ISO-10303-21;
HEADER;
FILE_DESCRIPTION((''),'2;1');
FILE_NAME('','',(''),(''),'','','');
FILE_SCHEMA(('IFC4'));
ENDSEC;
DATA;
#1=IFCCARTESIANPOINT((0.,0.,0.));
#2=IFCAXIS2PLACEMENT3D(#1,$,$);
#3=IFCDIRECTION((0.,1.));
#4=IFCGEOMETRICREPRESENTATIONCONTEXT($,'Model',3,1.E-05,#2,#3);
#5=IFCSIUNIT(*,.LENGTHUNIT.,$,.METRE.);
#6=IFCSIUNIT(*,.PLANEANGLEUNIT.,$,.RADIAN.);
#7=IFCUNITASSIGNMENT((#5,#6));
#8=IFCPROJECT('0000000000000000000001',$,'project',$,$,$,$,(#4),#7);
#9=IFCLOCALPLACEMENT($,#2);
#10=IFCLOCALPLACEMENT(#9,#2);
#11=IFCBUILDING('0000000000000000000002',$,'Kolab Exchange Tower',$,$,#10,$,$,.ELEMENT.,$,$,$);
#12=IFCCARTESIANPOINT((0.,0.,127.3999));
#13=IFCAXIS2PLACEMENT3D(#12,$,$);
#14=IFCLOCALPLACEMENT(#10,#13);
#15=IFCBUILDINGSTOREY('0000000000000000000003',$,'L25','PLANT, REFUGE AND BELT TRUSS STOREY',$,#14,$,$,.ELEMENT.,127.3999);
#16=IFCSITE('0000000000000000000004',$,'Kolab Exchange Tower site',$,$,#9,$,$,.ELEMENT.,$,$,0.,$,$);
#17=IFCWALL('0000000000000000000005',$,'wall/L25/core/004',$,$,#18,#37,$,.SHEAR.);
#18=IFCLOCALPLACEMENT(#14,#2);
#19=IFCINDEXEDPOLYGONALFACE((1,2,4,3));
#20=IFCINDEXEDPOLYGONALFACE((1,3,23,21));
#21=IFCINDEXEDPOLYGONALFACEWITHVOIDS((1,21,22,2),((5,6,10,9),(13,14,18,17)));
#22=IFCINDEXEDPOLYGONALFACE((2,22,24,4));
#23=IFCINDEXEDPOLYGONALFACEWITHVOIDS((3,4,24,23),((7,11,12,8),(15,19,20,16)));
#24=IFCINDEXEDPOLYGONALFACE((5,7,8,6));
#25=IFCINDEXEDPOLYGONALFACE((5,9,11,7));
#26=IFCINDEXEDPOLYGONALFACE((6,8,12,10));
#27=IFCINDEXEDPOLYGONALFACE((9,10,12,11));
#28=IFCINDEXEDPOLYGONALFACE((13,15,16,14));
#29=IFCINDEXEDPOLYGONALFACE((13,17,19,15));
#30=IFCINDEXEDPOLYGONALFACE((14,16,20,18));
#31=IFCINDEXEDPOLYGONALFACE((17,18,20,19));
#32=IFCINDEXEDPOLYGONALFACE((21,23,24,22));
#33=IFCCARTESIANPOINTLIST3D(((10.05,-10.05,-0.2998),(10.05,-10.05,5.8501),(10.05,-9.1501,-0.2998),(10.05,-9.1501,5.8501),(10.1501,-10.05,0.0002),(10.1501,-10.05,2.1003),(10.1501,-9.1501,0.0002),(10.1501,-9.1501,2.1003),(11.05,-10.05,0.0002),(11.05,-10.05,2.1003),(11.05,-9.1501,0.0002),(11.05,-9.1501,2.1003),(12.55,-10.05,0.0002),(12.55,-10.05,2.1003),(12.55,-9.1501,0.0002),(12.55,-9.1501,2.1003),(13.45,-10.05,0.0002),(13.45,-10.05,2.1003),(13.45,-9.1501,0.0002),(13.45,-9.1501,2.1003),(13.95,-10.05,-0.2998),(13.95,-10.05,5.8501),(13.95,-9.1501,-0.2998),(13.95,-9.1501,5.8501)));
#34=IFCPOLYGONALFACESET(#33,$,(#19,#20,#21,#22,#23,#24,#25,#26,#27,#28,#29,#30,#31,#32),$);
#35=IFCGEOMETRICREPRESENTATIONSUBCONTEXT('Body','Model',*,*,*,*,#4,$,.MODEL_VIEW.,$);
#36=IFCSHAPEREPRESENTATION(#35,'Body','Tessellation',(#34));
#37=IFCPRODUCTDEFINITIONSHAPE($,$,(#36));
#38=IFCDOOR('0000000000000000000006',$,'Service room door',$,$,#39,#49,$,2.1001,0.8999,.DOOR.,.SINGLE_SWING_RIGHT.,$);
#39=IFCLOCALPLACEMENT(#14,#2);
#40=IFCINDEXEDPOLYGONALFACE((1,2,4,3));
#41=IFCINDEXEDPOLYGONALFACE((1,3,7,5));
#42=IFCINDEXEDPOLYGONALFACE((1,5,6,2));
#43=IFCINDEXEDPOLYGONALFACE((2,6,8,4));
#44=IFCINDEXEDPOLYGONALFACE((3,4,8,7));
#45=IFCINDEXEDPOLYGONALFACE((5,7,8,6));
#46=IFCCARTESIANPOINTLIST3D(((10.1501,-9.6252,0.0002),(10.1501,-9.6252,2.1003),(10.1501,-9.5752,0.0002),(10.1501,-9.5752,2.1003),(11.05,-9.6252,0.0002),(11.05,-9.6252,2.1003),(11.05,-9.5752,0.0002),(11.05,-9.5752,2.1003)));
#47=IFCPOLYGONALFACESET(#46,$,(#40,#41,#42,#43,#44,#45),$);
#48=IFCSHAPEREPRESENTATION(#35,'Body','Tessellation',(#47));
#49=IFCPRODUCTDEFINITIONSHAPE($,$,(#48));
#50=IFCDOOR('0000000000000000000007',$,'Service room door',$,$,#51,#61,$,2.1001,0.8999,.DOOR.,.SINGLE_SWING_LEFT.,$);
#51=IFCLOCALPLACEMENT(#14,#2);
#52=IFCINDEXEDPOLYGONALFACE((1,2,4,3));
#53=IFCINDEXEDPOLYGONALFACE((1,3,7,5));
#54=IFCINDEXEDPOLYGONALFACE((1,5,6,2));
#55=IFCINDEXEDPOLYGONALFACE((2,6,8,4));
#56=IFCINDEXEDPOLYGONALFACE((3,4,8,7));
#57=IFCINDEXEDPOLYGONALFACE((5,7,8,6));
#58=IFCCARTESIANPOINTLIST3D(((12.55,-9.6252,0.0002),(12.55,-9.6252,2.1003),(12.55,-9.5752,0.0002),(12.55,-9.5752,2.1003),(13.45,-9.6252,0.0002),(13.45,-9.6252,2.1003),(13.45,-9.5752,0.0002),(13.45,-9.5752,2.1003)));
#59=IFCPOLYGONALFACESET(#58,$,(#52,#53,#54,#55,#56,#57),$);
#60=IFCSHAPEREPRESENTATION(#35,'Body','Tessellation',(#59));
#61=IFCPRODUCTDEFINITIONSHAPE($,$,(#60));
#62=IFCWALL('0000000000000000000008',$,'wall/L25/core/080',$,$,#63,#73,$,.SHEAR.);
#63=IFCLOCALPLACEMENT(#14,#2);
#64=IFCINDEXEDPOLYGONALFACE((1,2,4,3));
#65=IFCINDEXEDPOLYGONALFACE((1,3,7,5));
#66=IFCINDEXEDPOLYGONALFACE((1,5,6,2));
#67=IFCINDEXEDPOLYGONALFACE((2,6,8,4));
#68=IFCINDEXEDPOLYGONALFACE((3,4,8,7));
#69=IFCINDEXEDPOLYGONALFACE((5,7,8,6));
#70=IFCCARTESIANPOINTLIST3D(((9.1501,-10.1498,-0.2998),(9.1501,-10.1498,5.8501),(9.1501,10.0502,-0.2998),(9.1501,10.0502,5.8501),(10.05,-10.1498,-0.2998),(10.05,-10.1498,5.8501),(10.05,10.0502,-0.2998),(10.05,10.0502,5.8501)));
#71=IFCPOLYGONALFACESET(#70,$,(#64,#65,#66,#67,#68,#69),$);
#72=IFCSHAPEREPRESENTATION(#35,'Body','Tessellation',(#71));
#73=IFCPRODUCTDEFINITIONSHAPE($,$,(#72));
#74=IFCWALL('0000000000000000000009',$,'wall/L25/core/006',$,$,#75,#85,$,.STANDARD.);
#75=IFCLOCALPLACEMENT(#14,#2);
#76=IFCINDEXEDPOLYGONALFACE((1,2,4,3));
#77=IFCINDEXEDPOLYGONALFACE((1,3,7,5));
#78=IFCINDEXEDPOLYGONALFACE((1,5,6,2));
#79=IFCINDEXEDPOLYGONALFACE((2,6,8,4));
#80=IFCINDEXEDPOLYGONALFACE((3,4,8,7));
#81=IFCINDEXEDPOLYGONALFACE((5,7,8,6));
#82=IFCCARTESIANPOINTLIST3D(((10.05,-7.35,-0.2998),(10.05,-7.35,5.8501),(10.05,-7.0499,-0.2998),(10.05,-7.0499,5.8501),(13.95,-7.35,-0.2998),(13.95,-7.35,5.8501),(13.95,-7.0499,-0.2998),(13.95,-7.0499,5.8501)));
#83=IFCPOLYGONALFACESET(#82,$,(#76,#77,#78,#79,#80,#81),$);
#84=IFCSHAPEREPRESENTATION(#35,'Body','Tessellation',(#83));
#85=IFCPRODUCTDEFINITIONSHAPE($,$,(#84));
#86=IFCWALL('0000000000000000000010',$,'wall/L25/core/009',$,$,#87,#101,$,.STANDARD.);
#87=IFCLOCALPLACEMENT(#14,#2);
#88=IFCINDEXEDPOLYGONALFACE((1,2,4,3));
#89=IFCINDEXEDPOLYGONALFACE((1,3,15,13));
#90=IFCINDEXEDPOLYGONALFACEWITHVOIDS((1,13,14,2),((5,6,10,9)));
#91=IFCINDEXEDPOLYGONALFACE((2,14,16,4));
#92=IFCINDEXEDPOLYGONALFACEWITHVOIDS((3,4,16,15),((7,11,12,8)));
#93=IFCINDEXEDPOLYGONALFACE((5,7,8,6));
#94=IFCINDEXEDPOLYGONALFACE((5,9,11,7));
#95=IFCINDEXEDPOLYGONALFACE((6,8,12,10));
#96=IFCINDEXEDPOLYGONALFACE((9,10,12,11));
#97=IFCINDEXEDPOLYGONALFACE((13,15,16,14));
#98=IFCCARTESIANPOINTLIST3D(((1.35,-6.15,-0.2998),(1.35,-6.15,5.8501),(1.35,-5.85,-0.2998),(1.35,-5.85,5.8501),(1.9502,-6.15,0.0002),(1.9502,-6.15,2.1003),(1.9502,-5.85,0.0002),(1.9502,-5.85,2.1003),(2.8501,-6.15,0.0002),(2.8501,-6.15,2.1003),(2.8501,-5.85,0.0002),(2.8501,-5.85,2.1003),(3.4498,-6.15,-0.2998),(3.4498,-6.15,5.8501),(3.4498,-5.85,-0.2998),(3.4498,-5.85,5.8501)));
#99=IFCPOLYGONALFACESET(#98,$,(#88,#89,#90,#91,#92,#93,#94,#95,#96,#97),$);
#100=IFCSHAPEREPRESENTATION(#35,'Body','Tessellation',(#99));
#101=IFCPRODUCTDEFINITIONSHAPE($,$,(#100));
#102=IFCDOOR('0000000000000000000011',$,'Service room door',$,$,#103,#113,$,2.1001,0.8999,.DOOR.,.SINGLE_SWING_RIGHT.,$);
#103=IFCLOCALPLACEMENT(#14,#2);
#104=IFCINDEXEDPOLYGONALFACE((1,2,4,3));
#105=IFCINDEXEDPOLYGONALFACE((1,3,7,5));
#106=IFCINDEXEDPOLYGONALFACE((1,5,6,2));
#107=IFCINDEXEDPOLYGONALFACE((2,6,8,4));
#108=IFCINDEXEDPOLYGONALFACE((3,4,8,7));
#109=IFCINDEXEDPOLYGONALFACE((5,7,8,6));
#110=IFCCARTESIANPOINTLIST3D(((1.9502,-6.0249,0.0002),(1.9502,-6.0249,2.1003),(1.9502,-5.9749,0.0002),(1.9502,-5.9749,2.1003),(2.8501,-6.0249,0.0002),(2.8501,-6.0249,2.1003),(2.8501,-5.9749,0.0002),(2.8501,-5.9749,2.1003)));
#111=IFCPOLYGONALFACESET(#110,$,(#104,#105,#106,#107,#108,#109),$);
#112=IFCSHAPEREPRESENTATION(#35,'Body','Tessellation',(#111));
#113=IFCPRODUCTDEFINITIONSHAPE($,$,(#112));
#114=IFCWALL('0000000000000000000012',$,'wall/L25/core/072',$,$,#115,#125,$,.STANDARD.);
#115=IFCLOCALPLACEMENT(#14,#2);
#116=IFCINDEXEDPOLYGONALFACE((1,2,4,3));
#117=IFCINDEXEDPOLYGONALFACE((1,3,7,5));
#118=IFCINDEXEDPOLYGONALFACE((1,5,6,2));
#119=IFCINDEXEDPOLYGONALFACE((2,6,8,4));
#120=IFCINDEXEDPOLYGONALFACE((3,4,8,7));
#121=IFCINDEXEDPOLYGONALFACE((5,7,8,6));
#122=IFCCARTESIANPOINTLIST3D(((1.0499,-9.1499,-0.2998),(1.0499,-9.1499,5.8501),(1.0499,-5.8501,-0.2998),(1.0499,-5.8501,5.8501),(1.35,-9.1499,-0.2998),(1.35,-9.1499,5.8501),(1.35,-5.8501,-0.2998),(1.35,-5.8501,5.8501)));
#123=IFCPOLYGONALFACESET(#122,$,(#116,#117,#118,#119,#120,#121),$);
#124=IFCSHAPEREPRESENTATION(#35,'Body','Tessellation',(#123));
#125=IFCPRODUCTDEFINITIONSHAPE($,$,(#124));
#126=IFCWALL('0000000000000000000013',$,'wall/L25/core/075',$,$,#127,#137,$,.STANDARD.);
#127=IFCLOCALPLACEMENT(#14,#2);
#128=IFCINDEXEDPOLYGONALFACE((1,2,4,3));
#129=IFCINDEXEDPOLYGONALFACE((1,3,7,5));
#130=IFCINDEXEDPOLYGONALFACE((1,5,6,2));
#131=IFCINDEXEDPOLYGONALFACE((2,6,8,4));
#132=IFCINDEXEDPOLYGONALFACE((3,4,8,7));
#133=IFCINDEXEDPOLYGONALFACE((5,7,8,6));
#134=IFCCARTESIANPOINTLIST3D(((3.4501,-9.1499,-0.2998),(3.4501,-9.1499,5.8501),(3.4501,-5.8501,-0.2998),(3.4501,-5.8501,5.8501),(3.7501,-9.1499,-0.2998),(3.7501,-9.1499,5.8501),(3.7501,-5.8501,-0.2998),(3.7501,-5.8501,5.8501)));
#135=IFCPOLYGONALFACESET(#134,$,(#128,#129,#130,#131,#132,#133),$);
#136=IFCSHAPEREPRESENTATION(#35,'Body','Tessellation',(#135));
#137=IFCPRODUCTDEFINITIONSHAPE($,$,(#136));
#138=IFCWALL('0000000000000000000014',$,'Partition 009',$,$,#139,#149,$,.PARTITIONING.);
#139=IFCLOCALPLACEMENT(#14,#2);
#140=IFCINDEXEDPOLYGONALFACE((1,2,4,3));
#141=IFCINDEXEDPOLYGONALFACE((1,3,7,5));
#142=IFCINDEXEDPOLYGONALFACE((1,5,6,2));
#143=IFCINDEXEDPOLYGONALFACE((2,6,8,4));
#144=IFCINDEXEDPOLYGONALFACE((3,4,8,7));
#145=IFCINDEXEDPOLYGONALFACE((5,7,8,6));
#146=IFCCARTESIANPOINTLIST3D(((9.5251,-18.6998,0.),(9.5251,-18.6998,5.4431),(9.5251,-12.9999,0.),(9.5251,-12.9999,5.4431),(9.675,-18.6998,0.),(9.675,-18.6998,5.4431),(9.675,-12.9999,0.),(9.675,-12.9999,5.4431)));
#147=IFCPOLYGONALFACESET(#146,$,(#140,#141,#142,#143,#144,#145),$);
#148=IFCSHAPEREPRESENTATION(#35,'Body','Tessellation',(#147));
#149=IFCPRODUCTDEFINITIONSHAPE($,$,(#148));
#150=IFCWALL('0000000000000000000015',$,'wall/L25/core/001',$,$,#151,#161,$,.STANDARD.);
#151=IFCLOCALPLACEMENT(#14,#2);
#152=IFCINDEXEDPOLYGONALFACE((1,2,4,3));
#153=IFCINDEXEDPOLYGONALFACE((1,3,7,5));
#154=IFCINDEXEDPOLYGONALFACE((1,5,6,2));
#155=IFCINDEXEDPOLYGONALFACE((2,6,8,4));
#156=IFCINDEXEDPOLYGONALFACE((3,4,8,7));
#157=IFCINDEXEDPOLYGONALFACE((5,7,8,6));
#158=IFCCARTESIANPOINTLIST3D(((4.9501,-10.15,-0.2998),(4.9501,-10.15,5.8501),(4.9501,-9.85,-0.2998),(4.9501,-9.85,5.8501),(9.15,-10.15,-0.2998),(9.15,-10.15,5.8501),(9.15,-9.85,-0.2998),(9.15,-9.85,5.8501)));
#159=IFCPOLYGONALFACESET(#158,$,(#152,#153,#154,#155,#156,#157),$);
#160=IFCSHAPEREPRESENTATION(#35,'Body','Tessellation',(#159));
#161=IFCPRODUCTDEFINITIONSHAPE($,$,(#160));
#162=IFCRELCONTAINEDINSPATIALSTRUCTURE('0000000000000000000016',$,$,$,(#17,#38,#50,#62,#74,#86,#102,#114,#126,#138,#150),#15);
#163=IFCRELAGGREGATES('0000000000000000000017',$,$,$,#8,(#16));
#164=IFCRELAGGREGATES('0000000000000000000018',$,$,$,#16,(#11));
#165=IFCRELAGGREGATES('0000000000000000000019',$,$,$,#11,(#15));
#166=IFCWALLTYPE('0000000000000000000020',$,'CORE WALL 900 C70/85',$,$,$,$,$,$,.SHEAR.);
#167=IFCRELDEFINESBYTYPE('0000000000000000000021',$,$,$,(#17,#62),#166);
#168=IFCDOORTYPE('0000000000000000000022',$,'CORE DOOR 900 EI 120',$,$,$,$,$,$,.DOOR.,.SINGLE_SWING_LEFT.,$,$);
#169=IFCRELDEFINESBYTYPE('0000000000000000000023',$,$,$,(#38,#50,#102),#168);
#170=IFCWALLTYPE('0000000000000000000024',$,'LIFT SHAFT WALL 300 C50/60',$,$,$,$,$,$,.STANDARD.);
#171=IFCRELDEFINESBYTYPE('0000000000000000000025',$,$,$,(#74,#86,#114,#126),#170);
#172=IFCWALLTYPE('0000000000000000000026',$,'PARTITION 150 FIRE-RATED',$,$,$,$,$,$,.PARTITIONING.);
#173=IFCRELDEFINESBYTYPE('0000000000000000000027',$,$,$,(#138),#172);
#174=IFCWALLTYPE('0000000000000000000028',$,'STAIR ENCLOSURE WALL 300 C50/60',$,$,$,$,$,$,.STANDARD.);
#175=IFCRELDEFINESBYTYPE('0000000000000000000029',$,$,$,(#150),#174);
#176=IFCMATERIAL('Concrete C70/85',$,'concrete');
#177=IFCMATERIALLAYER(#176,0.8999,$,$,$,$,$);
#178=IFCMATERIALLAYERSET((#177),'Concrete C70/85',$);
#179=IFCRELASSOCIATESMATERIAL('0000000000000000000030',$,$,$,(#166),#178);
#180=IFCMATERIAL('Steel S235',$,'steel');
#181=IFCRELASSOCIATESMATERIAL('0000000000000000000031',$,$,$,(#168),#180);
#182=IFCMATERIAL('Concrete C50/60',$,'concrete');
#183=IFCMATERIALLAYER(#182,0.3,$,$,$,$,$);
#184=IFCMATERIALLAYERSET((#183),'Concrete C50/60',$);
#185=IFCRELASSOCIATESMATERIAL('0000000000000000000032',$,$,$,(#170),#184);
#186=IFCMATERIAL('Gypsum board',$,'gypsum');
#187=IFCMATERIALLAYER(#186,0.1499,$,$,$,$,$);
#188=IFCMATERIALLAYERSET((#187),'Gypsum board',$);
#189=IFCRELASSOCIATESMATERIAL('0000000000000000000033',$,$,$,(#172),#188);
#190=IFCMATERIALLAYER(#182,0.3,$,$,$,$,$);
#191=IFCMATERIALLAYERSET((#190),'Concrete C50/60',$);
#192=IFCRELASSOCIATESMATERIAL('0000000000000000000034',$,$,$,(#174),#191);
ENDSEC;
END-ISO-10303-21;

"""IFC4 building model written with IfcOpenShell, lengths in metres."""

from ifc_helpers import new_model, si_unit, direction, frame, frame_2d, origin, place, context, subcontext, project, spatial, rectangle, extrude, material, layer, layer_set, type_object, element, fill, save


model = new_model("IFC4")

# Units and contexts
model_context = context("Model", 3, precision=1e-05, world=origin(), true_north=direction((0.0, 1.0)))
body_context = subcontext(model_context, "Body", "Model", "MODEL_VIEW")
ifc_project = project(units=[si_unit("LENGTHUNIT", "METRE"), si_unit("PLANEANGLEUNIT", "RADIAN")], contexts=[model_context])

# Site, building, storey
site_placement = place(None, origin())
site = spatial("IfcSite", under=ifc_project, at=site_placement, Name="Kolab Exchange Tower site", CompositionType="ELEMENT", RefElevation=0.0)
building_placement = place(site_placement, origin())
building = spatial("IfcBuilding", under=site, at=building_placement, Name="Kolab Exchange Tower", CompositionType="ELEMENT")
storey_placement = place(building_placement, frame((0.0, 0.0, 127.3999)))
storey = spatial("IfcBuildingStorey", under=building, at=storey_placement, Name="L25", Description="PLANT, REFUGE AND BELT TRUSS STOREY", CompositionType="ELEMENT", Elevation=127.3999)

# Wall, openings, doors
ifc_material_1 = material(Name="Concrete C70/85", Category="concrete")
ifc_layer_1 = layer(ifc_material_1, 0.8999)
ifc_layer_set_1 = layer_set([ifc_layer_1], Name="Concrete C70/85")
wall_type_1 = type_object("IfcWallType", Name="CORE WALL 900 C70/85", PredefinedType="SHEAR", material=ifc_layer_set_1)
wall_1_placement = place(storey_placement, frame((10.05, -9.6001, -0.2998), z_axis=(0.0, 0.0, 1.0), x_axis=(1.0, 0.0, 0.0)))
wall_1 = element("IfcWall", 1, at=wall_1_placement, inside=storey, type_object=wall_type_1, Name="wall/L25/core/004", PredefinedType="SHEAR", context=body_context, shape_type="SweptSolid", body=[
    extrude(rectangle(XDim=3.8999, YDim=0.8999, at=frame_2d((1.95, 0.0))), origin(), (0.0, 0.0, 1.0), 6.1499),
])
opening_1_placement = place(wall_1_placement, frame((0.1001, 0.0, 0.3)))
opening_1 = element("IfcOpeningElement", 2, at=opening_1_placement, cuts=wall_1, PredefinedType="OPENING", context=body_context, shape_type="SweptSolid", body=[
    extrude(rectangle(XDim=0.8999, YDim=2.1001, at=frame_2d((0.45, 1.05))), frame((0.0, 0.46, 0.0), z_axis=(0.0, -1.0, 0.0), x_axis=(1.0, 0.0, 0.0)), (0.0, 0.0, 1.0), 0.9199),
])
opening_2_placement = place(wall_1_placement, frame((2.5, 0.0, 0.3)))
opening_2 = element("IfcOpeningElement", 3, at=opening_2_placement, cuts=wall_1, PredefinedType="OPENING", context=body_context, shape_type="SweptSolid", body=[
    extrude(rectangle(XDim=0.8999, YDim=2.1001, at=frame_2d((0.45, 1.05))), frame((0.0, 0.46, 0.0), z_axis=(0.0, -1.0, 0.0), x_axis=(1.0, 0.0, 0.0)), (0.0, 0.0, 1.0), 0.9199),
])
ifc_material_2 = material(Name="Steel S235", Category="steel")
door_type_1 = type_object("IfcDoorType", Name="CORE DOOR 900 EI 120", OperationType="SINGLE_SWING_LEFT", PredefinedType="DOOR", material=ifc_material_2)
door_1_placement = place(opening_1_placement, origin())
door_1 = element("IfcDoor", 4, at=door_1_placement, inside=storey, type_object=door_type_1, Name="Service room door", OperationType="SINGLE_SWING_RIGHT", OverallHeight=2.1001, OverallWidth=0.8999, PredefinedType="DOOR", context=body_context, shape_type="SweptSolid", body=[
    extrude(rectangle(XDim=0.8999, YDim=2.1001, at=frame_2d((0.45, 1.05))), frame((0.0, 0.0249, 0.0), z_axis=(0.0, -1.0, 0.0), x_axis=(1.0, 0.0, 0.0)), (0.0, 0.0, 1.0), 0.05),
])
fill(opening_1, door_1)
door_2_placement = place(opening_2_placement, origin())
door_2 = element("IfcDoor", 5, at=door_2_placement, inside=storey, type_object=door_type_1, Name="Service room door", OperationType="SINGLE_SWING_LEFT", OverallHeight=2.1001, OverallWidth=0.8999, PredefinedType="DOOR", context=body_context, shape_type="SweptSolid", body=[
    extrude(rectangle(XDim=0.8999, YDim=2.1001, at=frame_2d((0.45, 1.05))), frame((0.0, 0.0249, 0.0), z_axis=(0.0, -1.0, 0.0), x_axis=(1.0, 0.0, 0.0)), (0.0, 0.0, 1.0), 0.05),
])
fill(opening_2, door_2)

# Walls
wall_2_placement = place(storey_placement, frame((9.6001, -10.1499, -0.2998), z_axis=(0.0, 0.0, 1.0), x_axis=(0.0, 1.0, 0.0)))
element("IfcWall", 6, at=wall_2_placement, inside=storey, type_object=wall_type_1, Name="wall/L25/core/080", PredefinedType="SHEAR", context=body_context, shape_type="SweptSolid", body=[
    extrude(rectangle(XDim=20.2, YDim=0.8999, at=frame_2d((10.1001, 0.0))), origin(), (0.0, 0.0, 1.0), 6.1499),
])
ifc_material_3 = material(Name="Concrete C50/60", Category="concrete")
ifc_layer_2 = layer(ifc_material_3, 0.3)
ifc_layer_set_2 = layer_set([ifc_layer_2], Name="Concrete C50/60")
wall_type_2 = type_object("IfcWallType", Name="LIFT SHAFT WALL 300 C50/60", PredefinedType="STANDARD", material=ifc_layer_set_2)
wall_3_placement = place(storey_placement, frame((10.05, -7.2, -0.2998), z_axis=(0.0, 0.0, 1.0), x_axis=(1.0, 0.0, 0.0)))
element("IfcWall", 7, at=wall_3_placement, inside=storey, type_object=wall_type_2, Name="wall/L25/core/006", PredefinedType="STANDARD", context=body_context, shape_type="SweptSolid", body=[
    extrude(rectangle(XDim=3.8999, YDim=0.3, at=frame_2d((1.95, 0.0))), origin(), (0.0, 0.0, 1.0), 6.1499),
])

# Wall, opening, door
wall_4_placement = place(storey_placement, frame((1.3501, -6.0, -0.2998), z_axis=(0.0, 0.0, 1.0), x_axis=(1.0, 0.0, 0.0)))
wall_4 = element("IfcWall", 8, at=wall_4_placement, inside=storey, type_object=wall_type_2, Name="wall/L25/core/009", PredefinedType="STANDARD", context=body_context, shape_type="SweptSolid", body=[
    extrude(rectangle(XDim=2.0999, YDim=0.3, at=frame_2d((1.0498, 0.0))), origin(), (0.0, 0.0, 1.0), 6.1499),
])
opening_3_placement = place(wall_4_placement, frame((0.6001, 0.0, 0.3)))
opening_3 = element("IfcOpeningElement", 9, at=opening_3_placement, cuts=wall_4, PredefinedType="OPENING", context=body_context, shape_type="SweptSolid", body=[
    extrude(rectangle(XDim=0.8999, YDim=2.1001, at=frame_2d((0.45, 1.05))), frame((0.0, 0.1602, 0.0), z_axis=(0.0, -1.0, 0.0), x_axis=(1.0, 0.0, 0.0)), (0.0, 0.0, 1.0), 0.3201),
])
door_3_placement = place(opening_3_placement, frame((0.8999, 0.0, 0.0), z_axis=(0.0, 0.0, 1.0), x_axis=(-1.0, 0.0, 0.0)))
door_3 = element("IfcDoor", 10, at=door_3_placement, inside=storey, type_object=door_type_1, Name="Service room door", OperationType="SINGLE_SWING_RIGHT", OverallHeight=2.1001, OverallWidth=0.8999, PredefinedType="DOOR", context=body_context, shape_type="SweptSolid", body=[
    extrude(rectangle(XDim=0.8999, YDim=2.1001, at=frame_2d((0.45, 1.05))), frame((0.0, 0.0249, 0.0), z_axis=(0.0, -1.0, 0.0), x_axis=(1.0, 0.0, 0.0)), (0.0, 0.0, 1.0), 0.05),
])
fill(opening_3, door_3)

# Walls
for number, where, z_axis, x_axis, name in (
    (11, (1.2, -9.1499, -0.2998), (0.0, 0.0, 1.0), (0.0, 1.0, 0.0), "wall/L25/core/072"),
    (12, (3.6001, -9.1499, -0.2998), (0.0, 0.0, 1.0), (0.0, 1.0, 0.0), "wall/L25/core/075"),
):
    element("IfcWall", number, at=place(storey_placement, frame(where, z_axis=z_axis, x_axis=x_axis)), inside=storey, type_object=wall_type_2, Name=name, PredefinedType="STANDARD", context=body_context, shape_type="SweptSolid", body=[
        extrude(rectangle(XDim=3.2998, YDim=0.3, at=frame_2d((1.6499, 0.0))), origin(), (0.0, 0.0, 1.0), 6.1499),
    ])
ifc_material_4 = material(Name="Gypsum board", Category="gypsum")
ifc_layer_3 = layer(ifc_material_4, 0.1499)
ifc_layer_set_3 = layer_set([ifc_layer_3], Name="Gypsum board")
wall_type_3 = type_object("IfcWallType", Name="PARTITION 150 FIRE-RATED", PredefinedType="PARTITIONING", material=ifc_layer_set_3)
wall_5_placement = place(storey_placement, frame((9.6001, -18.7, 0.0), z_axis=(0.0, 0.0, 1.0), x_axis=(0.0, 1.0, 0.0)))
element("IfcWall", 13, at=wall_5_placement, inside=storey, type_object=wall_type_3, Name="Partition 009", PredefinedType="PARTITIONING", context=body_context, shape_type="SweptSolid", body=[
    extrude(rectangle(XDim=5.7, YDim=0.1499, at=frame_2d((2.8501, 0.0))), origin(), (0.0, 0.0, 1.0), 5.4431),
])
ifc_layer_4 = layer(ifc_material_3, 0.3)
ifc_layer_set_4 = layer_set([ifc_layer_4], Name="Concrete C50/60")
wall_type_4 = type_object("IfcWallType", Name="STAIR ENCLOSURE WALL 300 C50/60", PredefinedType="STANDARD", material=ifc_layer_set_4)
wall_6_placement = place(storey_placement, frame((4.95, -10.0, -0.2998), z_axis=(0.0, 0.0, 1.0), x_axis=(1.0, 0.0, 0.0)))
element("IfcWall", 14, at=wall_6_placement, inside=storey, type_object=wall_type_4, Name="wall/L25/core/001", PredefinedType="STANDARD", context=body_context, shape_type="SweptSolid", body=[
    extrude(rectangle(XDim=4.2, YDim=0.3, at=frame_2d((2.1001, 0.0))), origin(), (0.0, 0.0, 1.0), 6.1499),
])

save(model, "model.ifc")
